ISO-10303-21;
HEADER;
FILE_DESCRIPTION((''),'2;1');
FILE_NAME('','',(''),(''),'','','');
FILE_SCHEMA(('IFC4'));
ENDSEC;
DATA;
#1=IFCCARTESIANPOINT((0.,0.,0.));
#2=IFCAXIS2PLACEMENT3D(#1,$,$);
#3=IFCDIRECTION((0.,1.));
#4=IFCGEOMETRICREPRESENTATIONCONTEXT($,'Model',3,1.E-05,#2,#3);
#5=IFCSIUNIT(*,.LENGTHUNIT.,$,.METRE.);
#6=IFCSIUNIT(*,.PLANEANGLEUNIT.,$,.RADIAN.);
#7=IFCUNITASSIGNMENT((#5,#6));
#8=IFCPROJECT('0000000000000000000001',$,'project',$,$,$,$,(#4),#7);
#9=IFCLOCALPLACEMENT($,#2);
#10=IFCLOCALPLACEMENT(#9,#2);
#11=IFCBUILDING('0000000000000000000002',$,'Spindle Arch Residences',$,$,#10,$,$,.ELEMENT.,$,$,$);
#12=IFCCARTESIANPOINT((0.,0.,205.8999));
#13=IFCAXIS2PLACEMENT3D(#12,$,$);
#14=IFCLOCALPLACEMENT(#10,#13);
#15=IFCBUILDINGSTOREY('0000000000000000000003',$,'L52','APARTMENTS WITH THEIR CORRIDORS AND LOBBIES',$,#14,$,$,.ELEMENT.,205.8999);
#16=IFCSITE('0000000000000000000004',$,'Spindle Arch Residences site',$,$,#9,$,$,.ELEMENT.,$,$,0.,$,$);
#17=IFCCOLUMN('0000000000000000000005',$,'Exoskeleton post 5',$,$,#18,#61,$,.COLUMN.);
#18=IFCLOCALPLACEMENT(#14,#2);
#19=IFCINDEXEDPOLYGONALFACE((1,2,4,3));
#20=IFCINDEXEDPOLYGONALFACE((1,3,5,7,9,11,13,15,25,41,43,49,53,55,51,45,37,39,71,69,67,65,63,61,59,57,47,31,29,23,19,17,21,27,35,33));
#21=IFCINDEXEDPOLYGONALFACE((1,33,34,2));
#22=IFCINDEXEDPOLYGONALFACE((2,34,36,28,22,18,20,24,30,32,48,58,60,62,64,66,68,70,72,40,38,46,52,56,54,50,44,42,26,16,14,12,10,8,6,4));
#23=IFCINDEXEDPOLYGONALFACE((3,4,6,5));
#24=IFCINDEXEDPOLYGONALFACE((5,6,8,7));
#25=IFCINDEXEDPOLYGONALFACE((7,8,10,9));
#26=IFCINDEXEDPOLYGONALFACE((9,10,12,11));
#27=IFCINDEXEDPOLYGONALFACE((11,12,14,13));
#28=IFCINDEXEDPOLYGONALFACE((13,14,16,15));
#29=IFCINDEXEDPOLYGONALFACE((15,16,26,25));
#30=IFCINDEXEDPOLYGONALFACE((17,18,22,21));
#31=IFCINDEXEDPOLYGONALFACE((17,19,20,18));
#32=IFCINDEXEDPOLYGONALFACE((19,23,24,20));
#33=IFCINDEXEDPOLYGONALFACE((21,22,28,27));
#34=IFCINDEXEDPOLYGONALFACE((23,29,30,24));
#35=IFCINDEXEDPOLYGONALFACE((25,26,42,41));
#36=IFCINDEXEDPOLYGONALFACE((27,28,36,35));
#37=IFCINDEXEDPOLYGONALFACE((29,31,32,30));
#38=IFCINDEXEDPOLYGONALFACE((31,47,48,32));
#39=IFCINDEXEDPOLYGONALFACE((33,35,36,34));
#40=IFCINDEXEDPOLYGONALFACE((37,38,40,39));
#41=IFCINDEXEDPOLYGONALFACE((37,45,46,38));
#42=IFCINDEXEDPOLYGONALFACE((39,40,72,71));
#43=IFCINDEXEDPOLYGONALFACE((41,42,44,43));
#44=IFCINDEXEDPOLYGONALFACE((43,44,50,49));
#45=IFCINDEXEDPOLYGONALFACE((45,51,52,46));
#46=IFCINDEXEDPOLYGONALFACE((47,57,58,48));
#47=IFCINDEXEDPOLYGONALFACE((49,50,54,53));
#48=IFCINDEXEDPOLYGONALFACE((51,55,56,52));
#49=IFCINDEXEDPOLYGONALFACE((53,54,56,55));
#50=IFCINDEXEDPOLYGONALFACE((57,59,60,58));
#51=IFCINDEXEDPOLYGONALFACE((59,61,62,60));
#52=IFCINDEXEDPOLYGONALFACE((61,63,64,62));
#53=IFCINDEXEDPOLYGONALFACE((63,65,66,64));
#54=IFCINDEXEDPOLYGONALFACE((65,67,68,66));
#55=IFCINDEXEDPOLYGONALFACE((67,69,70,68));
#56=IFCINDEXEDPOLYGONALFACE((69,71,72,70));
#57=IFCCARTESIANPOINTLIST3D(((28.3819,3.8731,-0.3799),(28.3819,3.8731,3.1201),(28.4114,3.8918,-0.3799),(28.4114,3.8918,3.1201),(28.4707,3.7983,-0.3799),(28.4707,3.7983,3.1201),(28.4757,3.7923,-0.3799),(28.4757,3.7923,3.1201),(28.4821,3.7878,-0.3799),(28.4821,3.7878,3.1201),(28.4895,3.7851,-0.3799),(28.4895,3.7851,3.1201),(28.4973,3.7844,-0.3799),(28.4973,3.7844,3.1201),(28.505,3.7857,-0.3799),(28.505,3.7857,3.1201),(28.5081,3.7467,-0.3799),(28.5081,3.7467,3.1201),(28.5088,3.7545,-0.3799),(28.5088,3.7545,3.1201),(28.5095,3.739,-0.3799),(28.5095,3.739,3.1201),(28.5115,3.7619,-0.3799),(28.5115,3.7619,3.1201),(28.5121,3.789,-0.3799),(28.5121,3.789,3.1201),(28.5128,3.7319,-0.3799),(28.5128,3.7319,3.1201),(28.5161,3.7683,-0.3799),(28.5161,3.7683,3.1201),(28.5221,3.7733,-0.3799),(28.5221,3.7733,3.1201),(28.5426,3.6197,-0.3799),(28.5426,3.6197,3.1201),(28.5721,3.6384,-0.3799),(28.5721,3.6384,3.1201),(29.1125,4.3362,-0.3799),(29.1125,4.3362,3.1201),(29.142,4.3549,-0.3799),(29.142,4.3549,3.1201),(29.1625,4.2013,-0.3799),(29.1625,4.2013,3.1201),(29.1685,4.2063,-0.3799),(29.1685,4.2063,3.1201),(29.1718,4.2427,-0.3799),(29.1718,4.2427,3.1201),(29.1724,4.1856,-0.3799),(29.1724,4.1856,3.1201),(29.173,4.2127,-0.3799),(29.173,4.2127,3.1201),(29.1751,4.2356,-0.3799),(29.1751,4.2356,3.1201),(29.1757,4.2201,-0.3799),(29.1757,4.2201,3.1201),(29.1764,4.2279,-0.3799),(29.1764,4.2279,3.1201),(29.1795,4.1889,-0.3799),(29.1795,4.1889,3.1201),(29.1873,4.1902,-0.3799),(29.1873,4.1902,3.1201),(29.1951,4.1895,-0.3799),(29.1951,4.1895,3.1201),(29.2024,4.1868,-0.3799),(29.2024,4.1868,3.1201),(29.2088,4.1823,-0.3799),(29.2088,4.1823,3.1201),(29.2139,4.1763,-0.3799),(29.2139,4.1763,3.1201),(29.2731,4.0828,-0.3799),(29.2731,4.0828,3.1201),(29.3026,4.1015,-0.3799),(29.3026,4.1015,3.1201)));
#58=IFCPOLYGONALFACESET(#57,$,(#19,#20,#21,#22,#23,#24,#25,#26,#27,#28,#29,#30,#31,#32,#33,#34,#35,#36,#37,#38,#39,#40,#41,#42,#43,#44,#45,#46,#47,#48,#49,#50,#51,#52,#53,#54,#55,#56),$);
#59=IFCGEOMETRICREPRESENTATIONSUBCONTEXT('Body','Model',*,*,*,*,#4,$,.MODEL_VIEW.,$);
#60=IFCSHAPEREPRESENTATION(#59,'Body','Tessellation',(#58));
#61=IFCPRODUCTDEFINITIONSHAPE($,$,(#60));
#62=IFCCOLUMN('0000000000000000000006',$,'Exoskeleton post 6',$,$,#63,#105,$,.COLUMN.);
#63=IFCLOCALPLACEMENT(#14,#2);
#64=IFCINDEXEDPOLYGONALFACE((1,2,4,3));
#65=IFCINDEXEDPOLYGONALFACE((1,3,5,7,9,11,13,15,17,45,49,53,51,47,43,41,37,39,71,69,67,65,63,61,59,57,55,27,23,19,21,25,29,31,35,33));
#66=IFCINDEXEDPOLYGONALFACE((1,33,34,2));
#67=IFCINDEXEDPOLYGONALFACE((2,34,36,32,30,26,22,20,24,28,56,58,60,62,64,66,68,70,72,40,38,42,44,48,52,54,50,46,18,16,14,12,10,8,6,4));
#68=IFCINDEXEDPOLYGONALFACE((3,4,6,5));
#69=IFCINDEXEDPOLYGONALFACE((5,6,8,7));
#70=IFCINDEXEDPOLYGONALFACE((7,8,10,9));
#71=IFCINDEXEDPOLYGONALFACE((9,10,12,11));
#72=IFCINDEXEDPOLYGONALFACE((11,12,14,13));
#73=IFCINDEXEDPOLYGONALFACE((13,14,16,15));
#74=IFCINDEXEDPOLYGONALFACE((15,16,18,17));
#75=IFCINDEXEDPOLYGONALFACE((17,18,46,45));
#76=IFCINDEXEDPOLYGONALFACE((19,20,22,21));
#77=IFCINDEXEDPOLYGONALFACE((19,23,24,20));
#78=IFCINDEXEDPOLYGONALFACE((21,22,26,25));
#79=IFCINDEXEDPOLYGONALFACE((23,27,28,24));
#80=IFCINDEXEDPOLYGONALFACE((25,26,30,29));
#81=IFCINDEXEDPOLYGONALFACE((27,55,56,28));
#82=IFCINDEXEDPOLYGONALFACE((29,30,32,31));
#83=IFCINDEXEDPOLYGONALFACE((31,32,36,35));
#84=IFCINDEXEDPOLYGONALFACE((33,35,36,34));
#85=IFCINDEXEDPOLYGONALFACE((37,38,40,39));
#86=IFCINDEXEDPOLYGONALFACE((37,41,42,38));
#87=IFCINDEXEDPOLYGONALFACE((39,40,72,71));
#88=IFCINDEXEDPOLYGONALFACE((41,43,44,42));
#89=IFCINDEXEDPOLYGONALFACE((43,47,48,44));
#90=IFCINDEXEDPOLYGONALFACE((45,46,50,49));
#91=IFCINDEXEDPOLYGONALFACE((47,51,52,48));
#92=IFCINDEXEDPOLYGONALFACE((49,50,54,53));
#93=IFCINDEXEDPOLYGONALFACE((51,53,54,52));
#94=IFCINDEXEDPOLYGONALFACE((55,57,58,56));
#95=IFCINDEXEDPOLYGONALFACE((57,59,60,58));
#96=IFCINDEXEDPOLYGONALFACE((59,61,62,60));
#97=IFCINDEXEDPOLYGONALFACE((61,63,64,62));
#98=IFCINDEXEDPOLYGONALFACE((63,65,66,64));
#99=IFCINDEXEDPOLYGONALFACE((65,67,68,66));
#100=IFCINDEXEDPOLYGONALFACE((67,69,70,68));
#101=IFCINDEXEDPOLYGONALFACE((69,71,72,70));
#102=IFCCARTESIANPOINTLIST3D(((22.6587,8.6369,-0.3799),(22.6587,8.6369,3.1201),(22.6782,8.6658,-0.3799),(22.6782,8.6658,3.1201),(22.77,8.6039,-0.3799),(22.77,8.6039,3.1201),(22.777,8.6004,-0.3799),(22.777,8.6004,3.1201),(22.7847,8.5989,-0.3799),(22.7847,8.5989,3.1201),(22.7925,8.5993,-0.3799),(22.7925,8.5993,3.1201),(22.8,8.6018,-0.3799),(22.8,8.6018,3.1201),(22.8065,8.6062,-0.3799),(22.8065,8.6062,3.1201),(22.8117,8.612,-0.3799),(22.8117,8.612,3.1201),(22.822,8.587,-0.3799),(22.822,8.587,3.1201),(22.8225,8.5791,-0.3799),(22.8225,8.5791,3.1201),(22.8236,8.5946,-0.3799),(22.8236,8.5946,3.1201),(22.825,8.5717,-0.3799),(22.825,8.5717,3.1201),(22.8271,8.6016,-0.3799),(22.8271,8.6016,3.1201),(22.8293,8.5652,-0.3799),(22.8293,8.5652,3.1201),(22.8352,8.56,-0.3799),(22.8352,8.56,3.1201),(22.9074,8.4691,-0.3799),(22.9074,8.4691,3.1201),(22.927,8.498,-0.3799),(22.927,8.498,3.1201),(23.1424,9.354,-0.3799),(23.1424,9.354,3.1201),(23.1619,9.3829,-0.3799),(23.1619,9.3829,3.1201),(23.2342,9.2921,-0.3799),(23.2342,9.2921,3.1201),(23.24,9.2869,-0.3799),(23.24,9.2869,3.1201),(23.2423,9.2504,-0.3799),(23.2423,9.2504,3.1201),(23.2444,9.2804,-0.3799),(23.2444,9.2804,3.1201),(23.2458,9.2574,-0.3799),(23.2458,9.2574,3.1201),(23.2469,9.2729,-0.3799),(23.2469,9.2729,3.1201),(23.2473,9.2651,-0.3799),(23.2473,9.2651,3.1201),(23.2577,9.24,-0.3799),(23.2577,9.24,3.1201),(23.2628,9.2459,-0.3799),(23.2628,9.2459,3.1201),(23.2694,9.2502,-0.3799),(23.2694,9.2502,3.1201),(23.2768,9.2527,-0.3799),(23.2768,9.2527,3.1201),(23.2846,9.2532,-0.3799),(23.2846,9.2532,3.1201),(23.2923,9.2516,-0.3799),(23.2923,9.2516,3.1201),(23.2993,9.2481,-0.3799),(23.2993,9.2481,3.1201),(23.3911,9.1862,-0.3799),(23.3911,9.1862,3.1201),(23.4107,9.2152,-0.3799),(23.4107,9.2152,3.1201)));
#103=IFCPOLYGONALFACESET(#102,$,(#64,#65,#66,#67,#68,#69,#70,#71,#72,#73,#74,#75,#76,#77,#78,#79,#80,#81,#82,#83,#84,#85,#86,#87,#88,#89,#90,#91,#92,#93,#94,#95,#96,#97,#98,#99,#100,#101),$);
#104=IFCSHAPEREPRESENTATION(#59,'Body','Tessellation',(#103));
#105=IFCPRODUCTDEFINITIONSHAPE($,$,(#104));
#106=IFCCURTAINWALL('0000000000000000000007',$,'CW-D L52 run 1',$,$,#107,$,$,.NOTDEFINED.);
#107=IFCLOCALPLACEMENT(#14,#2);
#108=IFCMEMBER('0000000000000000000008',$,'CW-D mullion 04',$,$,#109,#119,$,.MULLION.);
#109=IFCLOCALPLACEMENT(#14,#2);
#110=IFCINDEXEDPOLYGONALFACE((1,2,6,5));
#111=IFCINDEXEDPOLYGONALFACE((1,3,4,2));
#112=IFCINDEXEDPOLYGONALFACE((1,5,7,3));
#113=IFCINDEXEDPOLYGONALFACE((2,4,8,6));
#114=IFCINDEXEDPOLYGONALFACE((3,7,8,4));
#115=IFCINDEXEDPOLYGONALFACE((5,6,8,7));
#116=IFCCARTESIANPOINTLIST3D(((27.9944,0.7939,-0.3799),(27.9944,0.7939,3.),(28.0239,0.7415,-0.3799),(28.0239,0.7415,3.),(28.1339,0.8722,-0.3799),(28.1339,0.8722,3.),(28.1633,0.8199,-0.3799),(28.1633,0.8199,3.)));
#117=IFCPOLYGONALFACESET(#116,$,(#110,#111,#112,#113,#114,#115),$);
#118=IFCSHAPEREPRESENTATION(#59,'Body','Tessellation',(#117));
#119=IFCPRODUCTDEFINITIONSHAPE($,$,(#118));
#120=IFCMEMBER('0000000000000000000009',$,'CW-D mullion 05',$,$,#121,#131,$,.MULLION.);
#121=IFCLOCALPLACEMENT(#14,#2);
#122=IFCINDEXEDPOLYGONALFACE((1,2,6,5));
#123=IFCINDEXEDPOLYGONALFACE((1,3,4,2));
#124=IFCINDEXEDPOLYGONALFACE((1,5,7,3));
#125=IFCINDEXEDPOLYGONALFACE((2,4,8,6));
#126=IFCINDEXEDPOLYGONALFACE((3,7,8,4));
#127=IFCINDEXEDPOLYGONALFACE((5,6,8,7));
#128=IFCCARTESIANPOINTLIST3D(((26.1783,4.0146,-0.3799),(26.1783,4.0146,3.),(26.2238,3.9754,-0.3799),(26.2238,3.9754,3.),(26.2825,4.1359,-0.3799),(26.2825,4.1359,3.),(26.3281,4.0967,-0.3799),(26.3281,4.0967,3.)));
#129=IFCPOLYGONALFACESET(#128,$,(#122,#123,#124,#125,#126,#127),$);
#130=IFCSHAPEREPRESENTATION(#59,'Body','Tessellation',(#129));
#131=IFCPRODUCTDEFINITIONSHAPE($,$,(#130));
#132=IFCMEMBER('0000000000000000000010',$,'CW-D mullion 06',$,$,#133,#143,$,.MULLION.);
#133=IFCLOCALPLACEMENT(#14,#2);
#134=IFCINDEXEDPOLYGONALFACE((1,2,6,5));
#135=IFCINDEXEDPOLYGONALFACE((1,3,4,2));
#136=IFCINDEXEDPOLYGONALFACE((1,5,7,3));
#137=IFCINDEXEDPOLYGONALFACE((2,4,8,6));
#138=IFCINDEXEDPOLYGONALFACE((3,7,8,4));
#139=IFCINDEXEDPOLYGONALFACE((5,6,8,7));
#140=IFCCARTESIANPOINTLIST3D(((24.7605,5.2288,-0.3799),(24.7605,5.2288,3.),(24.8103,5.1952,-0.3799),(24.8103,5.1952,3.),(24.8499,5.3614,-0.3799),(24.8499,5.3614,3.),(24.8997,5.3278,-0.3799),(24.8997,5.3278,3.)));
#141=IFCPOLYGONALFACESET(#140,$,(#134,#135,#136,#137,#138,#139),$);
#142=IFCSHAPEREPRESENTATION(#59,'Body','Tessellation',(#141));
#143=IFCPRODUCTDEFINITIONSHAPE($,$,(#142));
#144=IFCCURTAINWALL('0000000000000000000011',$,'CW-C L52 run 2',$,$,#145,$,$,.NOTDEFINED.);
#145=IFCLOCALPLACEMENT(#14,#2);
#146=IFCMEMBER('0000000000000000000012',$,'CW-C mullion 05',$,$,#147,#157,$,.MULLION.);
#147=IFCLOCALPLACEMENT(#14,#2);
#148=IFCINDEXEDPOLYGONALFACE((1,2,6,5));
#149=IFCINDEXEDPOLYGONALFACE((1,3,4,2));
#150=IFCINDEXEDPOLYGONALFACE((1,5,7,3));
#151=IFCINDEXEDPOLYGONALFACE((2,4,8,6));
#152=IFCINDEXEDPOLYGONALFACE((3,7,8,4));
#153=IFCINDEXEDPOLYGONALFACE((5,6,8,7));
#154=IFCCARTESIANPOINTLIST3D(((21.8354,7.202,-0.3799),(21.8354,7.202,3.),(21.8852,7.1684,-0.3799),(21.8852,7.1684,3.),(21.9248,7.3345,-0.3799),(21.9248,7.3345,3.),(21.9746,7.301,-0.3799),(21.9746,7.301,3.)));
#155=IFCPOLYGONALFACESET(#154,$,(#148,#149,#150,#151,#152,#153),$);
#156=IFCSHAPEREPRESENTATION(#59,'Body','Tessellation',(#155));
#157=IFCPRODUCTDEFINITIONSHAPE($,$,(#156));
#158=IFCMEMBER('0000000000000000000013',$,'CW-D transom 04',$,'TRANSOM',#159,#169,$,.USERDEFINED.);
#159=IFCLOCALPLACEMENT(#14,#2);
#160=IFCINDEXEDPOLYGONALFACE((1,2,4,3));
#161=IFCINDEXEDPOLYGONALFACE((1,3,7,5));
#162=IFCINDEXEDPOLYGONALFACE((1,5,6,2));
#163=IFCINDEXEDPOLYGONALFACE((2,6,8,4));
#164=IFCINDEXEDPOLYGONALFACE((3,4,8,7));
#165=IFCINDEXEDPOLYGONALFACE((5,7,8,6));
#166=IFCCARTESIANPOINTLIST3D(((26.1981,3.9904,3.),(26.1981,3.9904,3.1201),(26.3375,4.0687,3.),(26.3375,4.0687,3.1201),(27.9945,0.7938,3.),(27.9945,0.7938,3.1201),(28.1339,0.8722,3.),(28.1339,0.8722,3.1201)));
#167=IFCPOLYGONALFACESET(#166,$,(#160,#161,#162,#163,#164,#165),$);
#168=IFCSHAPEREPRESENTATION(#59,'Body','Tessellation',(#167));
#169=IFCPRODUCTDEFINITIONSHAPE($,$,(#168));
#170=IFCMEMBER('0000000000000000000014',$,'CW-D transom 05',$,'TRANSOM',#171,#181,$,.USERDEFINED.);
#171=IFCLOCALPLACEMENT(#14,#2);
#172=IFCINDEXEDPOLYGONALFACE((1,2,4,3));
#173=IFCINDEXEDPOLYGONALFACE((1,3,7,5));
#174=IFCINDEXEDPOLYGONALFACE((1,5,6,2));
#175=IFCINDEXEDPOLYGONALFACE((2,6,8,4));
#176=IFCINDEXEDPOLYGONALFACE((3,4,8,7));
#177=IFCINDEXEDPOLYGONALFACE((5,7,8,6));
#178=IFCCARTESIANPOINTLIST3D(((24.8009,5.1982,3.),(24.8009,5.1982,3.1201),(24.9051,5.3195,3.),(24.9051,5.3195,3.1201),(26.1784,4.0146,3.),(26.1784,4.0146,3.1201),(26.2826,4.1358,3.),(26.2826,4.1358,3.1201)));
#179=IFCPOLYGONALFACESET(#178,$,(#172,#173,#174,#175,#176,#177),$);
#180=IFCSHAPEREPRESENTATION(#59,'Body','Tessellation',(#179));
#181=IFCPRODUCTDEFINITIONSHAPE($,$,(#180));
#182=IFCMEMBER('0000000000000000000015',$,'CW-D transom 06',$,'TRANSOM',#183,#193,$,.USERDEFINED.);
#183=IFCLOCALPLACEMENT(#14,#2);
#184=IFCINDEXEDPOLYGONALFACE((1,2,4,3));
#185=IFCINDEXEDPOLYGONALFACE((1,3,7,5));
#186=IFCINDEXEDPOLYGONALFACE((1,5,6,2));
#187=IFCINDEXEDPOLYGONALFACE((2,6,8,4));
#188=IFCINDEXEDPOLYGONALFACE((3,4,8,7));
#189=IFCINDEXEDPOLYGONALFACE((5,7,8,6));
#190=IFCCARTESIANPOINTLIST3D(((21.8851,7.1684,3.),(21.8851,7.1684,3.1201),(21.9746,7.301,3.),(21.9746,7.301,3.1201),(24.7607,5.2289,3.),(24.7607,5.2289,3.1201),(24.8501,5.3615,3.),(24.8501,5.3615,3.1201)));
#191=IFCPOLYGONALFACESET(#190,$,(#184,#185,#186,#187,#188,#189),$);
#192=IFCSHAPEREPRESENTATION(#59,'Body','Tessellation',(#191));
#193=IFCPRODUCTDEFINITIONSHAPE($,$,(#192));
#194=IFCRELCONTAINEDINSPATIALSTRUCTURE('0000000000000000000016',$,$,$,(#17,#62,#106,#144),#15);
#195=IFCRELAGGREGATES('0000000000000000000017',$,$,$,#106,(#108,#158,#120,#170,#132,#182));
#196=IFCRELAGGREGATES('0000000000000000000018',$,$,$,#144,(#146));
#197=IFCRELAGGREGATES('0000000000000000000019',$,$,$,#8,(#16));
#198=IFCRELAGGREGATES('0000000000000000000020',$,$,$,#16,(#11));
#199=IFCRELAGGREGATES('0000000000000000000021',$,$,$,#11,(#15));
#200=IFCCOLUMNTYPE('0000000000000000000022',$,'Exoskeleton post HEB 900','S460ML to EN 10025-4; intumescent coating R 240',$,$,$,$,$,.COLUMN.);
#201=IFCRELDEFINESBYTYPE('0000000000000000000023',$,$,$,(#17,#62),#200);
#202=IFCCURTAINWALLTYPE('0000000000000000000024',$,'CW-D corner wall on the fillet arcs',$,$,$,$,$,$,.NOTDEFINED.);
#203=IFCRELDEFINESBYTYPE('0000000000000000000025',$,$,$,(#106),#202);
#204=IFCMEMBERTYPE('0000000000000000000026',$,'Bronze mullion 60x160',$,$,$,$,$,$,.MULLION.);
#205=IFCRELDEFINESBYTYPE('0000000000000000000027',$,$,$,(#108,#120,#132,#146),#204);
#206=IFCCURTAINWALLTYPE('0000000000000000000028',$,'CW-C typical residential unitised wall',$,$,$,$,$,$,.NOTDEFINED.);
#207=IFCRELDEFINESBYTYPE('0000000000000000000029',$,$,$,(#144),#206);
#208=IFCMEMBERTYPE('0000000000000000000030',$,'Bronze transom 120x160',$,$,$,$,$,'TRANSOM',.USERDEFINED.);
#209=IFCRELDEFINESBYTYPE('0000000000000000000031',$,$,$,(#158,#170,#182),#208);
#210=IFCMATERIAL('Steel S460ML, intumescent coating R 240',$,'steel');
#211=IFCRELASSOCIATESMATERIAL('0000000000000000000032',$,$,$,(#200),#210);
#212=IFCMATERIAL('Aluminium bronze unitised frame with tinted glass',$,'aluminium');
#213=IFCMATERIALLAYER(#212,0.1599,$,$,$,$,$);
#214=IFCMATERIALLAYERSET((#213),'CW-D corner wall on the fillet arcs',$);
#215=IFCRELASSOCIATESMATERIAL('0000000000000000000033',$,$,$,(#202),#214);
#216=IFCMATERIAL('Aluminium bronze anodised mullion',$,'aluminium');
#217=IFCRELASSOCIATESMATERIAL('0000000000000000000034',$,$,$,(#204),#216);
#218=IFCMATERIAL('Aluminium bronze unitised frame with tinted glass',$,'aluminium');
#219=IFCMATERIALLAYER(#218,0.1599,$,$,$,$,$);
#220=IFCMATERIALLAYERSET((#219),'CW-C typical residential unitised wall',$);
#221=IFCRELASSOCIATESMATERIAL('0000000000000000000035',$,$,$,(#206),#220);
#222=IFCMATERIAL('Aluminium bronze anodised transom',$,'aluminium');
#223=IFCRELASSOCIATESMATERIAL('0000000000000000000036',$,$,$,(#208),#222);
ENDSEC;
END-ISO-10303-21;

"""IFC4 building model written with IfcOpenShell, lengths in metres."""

from ifc_helpers import new_model, si_unit, direction, frame, origin, origin_2d, place, context, subcontext, project, spatial, rectangle, i_section, extrude, material, layer, layer_set, material_profile, profile_set, type_object, element, aggregate, save


model = new_model("IFC4")

# Units and contexts
model_context = context("Model", 3, precision=1e-05, world=origin(), true_north=direction((0.0, 1.0)))
body_context = subcontext(model_context, "Body", "Model", "MODEL_VIEW")
ifc_project = project(units=[si_unit("LENGTHUNIT", "METRE"), si_unit("PLANEANGLEUNIT", "RADIAN")], contexts=[model_context])

# Site, building, storey
site_placement = place(None, origin())
site = spatial("IfcSite", under=ifc_project, at=site_placement, Name="Spindle Arch Residences site", CompositionType="ELEMENT", RefElevation=0.0)
building_placement = place(site_placement, origin())
building = spatial("IfcBuilding", under=site, at=building_placement, Name="Spindle Arch Residences", CompositionType="ELEMENT")
storey_placement = place(building_placement, frame((0.0, 0.0, 205.8999)))
storey = spatial("IfcBuildingStorey", under=building, at=storey_placement, Name="L52", Description="APARTMENTS WITH THEIR CORRIDORS AND LOBBIES", CompositionType="ELEMENT", Elevation=205.8999)

# Columns
ifc_material_1 = material(Name="Steel S460ML, intumescent coating R 240", Category="steel")
ifc_material_profile_1 = material_profile(ifc_material_1, i_section(OverallWidth=0.3, OverallDepth=0.8999, WebThickness=0.0186, FlangeThickness=0.0349, FilletRadius=0.03, at=origin_2d()), Name="HEB 900")
ifc_profile_set_1 = profile_set([ifc_material_profile_1], Name="Steel S460ML, intumescent coating R 240")
column_type = type_object("IfcColumnType", Name="Exoskeleton post HEB 900", Description="S460ML to EN 10025-4; intumescent coating R 240", PredefinedType="COLUMN", material=ifc_profile_set_1)
for number, where, z_axis, x_axis, name in (
    (1, (28.8423, 3.9873, -0.3799), (0.0, 0.0, 1.0), (0.5354, -0.844598, 0.0), "Exoskeleton post 5"),
    (2, (23.0347, 8.926, -0.3799), (0.0, 0.0, 1.0), (0.829038, -0.559193, 0.0), "Exoskeleton post 6"),
):
    element("IfcColumn", number, at=place(storey_placement, frame(where, z_axis=z_axis, x_axis=x_axis)), inside=storey, type_object=column_type, Name=name, PredefinedType="COLUMN", context=body_context, shape_type="SweptSolid", body=[
        extrude(i_section(OverallWidth=0.3, OverallDepth=0.8999, WebThickness=0.0186, FlangeThickness=0.0349, FilletRadius=0.03, at=origin_2d()), origin(), (0.0, 0.0, 1.0), 3.5),
    ])

# Curtain wall, members
ifc_material_2 = material(Name="Aluminium bronze unitised frame with tinted glass", Category="aluminium")
ifc_layer_1 = layer(ifc_material_2, 0.1599)
ifc_layer_set_1 = layer_set([ifc_layer_1], Name="CW-D corner wall on the fillet arcs")
curtain_wall_type_1 = type_object("IfcCurtainWallType", Name="CW-D corner wall on the fillet arcs", PredefinedType="NOTDEFINED", material=ifc_layer_set_1)
curtain_wall_1_placement = place(storey_placement, origin())
curtain_wall_1 = element("IfcCurtainWall", 3, at=curtain_wall_1_placement, inside=storey, type_object=curtain_wall_type_1, Name="CW-D L52 run 1", PredefinedType="NOTDEFINED")
ifc_material_3 = material(Name="Aluminium bronze anodised mullion", Category="aluminium")
ifc_material_profile_2 = material_profile(ifc_material_3, rectangle(XDim=0.1599, YDim=0.0601, at=origin_2d()), Name="MU 60x160")
ifc_profile_set_2 = profile_set([ifc_material_profile_2], Name="Aluminium bronze anodised mullion")
member_type_1 = type_object("IfcMemberType", Name="Bronze mullion 60x160", PredefinedType="MULLION", material=ifc_profile_set_2)
member_1_placement = place(storey_placement, frame((28.0789, 0.8069, -0.3799), z_axis=(0.0, 0.0, 1.0), x_axis=(-0.871784, -0.48989, 0.0)))
member_1 = element("IfcMember", 4, at=member_1_placement, type_object=member_type_1, Name="CW-D mullion 04", PredefinedType="MULLION", context=body_context, shape_type="SweptSolid", body=[
    extrude(rectangle(XDim=0.1599, YDim=0.0601, at=origin_2d()), origin(), (0.0, 0.0, 1.0), 3.3799),
])
member_2_placement = place(storey_placement, frame((26.2532, 4.0557, -0.3799), z_axis=(0.0, 0.0, 1.0), x_axis=(-0.651657, -0.758514, 0.0)))
member_2 = element("IfcMember", 5, at=member_2_placement, type_object=member_type_1, Name="CW-D mullion 05", PredefinedType="MULLION", context=body_context, shape_type="SweptSolid", body=[
    extrude(rectangle(XDim=0.1599, YDim=0.0601, at=origin_2d()), origin(), (0.0, 0.0, 1.0), 3.3799),
])
member_3_placement = place(storey_placement, frame((24.8301, 5.2783, -0.3799), z_axis=(0.0, 0.0, 1.0), x_axis=(-0.559193, -0.829038, 0.0)))
member_3 = element("IfcMember", 6, at=member_3_placement, type_object=member_type_1, Name="CW-D mullion 06", PredefinedType="MULLION", context=body_context, shape_type="SweptSolid", body=[
    extrude(rectangle(XDim=0.1599, YDim=0.0601, at=origin_2d()), origin(), (0.0, 0.0, 1.0), 3.3799),
])

# Curtain wall, member
ifc_material_4 = material(Name="Aluminium bronze unitised frame with tinted glass", Category="aluminium")
ifc_layer_2 = layer(ifc_material_4, 0.1599)
ifc_layer_set_2 = layer_set([ifc_layer_2], Name="CW-C typical residential unitised wall")
curtain_wall_type_2 = type_object("IfcCurtainWallType", Name="CW-C typical residential unitised wall", PredefinedType="NOTDEFINED", material=ifc_layer_set_2)
curtain_wall_2_placement = place(storey_placement, origin())
curtain_wall_2 = element("IfcCurtainWall", 7, at=curtain_wall_2_placement, inside=storey, type_object=curtain_wall_type_2, Name="CW-C L52 run 2", PredefinedType="NOTDEFINED")
member_4_placement = place(storey_placement, frame((21.905, 7.2515, -0.3799), z_axis=(0.0, 0.0, 1.0), x_axis=(-0.559193, -0.829038, 0.0)))
member_4 = element("IfcMember", 8, at=member_4_placement, type_object=member_type_1, Name="CW-C mullion 05", PredefinedType="MULLION", context=body_context, shape_type="SweptSolid", body=[
    extrude(rectangle(XDim=0.1599, YDim=0.0601, at=origin_2d()), origin(), (0.0, 0.0, 1.0), 3.3799),
])

# Members
ifc_material_5 = material(Name="Aluminium bronze anodised transom", Category="aluminium")
ifc_material_profile_3 = material_profile(ifc_material_5, rectangle(XDim=0.1599, YDim=0.1201, at=origin_2d()), Name="TR 120x160")
ifc_profile_set_3 = profile_set([ifc_material_profile_3], Name="Aluminium bronze anodised transom")
member_type_2 = type_object("IfcMemberType", Name="Bronze transom 120x160", ElementType="TRANSOM", PredefinedType="USERDEFINED", material=ifc_profile_set_3)
member_5_placement = place(storey_placement, frame((28.0642, 0.833, 3.0601), z_axis=(-0.489917, 0.871769, 0.0), x_axis=(-0.871769, -0.489917, 0.0)))
member_5 = element("IfcMember", 9, at=member_5_placement, type_object=member_type_2, Name="CW-D transom 04", ObjectType="TRANSOM", PredefinedType="USERDEFINED", context=body_context, shape_type="SweptSolid", body=[
    extrude(rectangle(XDim=0.1599, YDim=0.1201, at=origin_2d()), origin(), (0.0, 0.0, 1.0), 3.6667),
])
member_6_placement = place(storey_placement, frame((26.2305, 4.0752, 3.0601), z_axis=(-0.758459, 0.651721, 0.0), x_axis=(-0.651721, -0.758459, 0.0)))
member_6 = element("IfcMember", 10, at=member_6_placement, type_object=member_type_2, Name="CW-D transom 05", ObjectType="TRANSOM", PredefinedType="USERDEFINED", context=body_context, shape_type="SweptSolid", body=[
    extrude(rectangle(XDim=0.1599, YDim=0.1201, at=origin_2d()), origin(), (0.0, 0.0, 1.0), 1.8162),
])
member_7_placement = place(storey_placement, frame((24.8054, 5.2952, 3.0601), z_axis=(-0.829049, 0.559175, 0.0), x_axis=(-0.559175, -0.829049, 0.0)))
member_7 = element("IfcMember", 11, at=member_7_placement, type_object=member_type_2, Name="CW-D transom 06", ObjectType="TRANSOM", PredefinedType="USERDEFINED", context=body_context, shape_type="SweptSolid", body=[
    extrude(rectangle(XDim=0.1599, YDim=0.1201, at=origin_2d()), origin(), (0.0, 0.0, 1.0), 3.4685),
])

aggregate(curtain_wall_1, [member_1, member_5, member_2, member_6, member_3, member_7])
aggregate(curtain_wall_2, [member_4])

save(model, "model.ifc")
